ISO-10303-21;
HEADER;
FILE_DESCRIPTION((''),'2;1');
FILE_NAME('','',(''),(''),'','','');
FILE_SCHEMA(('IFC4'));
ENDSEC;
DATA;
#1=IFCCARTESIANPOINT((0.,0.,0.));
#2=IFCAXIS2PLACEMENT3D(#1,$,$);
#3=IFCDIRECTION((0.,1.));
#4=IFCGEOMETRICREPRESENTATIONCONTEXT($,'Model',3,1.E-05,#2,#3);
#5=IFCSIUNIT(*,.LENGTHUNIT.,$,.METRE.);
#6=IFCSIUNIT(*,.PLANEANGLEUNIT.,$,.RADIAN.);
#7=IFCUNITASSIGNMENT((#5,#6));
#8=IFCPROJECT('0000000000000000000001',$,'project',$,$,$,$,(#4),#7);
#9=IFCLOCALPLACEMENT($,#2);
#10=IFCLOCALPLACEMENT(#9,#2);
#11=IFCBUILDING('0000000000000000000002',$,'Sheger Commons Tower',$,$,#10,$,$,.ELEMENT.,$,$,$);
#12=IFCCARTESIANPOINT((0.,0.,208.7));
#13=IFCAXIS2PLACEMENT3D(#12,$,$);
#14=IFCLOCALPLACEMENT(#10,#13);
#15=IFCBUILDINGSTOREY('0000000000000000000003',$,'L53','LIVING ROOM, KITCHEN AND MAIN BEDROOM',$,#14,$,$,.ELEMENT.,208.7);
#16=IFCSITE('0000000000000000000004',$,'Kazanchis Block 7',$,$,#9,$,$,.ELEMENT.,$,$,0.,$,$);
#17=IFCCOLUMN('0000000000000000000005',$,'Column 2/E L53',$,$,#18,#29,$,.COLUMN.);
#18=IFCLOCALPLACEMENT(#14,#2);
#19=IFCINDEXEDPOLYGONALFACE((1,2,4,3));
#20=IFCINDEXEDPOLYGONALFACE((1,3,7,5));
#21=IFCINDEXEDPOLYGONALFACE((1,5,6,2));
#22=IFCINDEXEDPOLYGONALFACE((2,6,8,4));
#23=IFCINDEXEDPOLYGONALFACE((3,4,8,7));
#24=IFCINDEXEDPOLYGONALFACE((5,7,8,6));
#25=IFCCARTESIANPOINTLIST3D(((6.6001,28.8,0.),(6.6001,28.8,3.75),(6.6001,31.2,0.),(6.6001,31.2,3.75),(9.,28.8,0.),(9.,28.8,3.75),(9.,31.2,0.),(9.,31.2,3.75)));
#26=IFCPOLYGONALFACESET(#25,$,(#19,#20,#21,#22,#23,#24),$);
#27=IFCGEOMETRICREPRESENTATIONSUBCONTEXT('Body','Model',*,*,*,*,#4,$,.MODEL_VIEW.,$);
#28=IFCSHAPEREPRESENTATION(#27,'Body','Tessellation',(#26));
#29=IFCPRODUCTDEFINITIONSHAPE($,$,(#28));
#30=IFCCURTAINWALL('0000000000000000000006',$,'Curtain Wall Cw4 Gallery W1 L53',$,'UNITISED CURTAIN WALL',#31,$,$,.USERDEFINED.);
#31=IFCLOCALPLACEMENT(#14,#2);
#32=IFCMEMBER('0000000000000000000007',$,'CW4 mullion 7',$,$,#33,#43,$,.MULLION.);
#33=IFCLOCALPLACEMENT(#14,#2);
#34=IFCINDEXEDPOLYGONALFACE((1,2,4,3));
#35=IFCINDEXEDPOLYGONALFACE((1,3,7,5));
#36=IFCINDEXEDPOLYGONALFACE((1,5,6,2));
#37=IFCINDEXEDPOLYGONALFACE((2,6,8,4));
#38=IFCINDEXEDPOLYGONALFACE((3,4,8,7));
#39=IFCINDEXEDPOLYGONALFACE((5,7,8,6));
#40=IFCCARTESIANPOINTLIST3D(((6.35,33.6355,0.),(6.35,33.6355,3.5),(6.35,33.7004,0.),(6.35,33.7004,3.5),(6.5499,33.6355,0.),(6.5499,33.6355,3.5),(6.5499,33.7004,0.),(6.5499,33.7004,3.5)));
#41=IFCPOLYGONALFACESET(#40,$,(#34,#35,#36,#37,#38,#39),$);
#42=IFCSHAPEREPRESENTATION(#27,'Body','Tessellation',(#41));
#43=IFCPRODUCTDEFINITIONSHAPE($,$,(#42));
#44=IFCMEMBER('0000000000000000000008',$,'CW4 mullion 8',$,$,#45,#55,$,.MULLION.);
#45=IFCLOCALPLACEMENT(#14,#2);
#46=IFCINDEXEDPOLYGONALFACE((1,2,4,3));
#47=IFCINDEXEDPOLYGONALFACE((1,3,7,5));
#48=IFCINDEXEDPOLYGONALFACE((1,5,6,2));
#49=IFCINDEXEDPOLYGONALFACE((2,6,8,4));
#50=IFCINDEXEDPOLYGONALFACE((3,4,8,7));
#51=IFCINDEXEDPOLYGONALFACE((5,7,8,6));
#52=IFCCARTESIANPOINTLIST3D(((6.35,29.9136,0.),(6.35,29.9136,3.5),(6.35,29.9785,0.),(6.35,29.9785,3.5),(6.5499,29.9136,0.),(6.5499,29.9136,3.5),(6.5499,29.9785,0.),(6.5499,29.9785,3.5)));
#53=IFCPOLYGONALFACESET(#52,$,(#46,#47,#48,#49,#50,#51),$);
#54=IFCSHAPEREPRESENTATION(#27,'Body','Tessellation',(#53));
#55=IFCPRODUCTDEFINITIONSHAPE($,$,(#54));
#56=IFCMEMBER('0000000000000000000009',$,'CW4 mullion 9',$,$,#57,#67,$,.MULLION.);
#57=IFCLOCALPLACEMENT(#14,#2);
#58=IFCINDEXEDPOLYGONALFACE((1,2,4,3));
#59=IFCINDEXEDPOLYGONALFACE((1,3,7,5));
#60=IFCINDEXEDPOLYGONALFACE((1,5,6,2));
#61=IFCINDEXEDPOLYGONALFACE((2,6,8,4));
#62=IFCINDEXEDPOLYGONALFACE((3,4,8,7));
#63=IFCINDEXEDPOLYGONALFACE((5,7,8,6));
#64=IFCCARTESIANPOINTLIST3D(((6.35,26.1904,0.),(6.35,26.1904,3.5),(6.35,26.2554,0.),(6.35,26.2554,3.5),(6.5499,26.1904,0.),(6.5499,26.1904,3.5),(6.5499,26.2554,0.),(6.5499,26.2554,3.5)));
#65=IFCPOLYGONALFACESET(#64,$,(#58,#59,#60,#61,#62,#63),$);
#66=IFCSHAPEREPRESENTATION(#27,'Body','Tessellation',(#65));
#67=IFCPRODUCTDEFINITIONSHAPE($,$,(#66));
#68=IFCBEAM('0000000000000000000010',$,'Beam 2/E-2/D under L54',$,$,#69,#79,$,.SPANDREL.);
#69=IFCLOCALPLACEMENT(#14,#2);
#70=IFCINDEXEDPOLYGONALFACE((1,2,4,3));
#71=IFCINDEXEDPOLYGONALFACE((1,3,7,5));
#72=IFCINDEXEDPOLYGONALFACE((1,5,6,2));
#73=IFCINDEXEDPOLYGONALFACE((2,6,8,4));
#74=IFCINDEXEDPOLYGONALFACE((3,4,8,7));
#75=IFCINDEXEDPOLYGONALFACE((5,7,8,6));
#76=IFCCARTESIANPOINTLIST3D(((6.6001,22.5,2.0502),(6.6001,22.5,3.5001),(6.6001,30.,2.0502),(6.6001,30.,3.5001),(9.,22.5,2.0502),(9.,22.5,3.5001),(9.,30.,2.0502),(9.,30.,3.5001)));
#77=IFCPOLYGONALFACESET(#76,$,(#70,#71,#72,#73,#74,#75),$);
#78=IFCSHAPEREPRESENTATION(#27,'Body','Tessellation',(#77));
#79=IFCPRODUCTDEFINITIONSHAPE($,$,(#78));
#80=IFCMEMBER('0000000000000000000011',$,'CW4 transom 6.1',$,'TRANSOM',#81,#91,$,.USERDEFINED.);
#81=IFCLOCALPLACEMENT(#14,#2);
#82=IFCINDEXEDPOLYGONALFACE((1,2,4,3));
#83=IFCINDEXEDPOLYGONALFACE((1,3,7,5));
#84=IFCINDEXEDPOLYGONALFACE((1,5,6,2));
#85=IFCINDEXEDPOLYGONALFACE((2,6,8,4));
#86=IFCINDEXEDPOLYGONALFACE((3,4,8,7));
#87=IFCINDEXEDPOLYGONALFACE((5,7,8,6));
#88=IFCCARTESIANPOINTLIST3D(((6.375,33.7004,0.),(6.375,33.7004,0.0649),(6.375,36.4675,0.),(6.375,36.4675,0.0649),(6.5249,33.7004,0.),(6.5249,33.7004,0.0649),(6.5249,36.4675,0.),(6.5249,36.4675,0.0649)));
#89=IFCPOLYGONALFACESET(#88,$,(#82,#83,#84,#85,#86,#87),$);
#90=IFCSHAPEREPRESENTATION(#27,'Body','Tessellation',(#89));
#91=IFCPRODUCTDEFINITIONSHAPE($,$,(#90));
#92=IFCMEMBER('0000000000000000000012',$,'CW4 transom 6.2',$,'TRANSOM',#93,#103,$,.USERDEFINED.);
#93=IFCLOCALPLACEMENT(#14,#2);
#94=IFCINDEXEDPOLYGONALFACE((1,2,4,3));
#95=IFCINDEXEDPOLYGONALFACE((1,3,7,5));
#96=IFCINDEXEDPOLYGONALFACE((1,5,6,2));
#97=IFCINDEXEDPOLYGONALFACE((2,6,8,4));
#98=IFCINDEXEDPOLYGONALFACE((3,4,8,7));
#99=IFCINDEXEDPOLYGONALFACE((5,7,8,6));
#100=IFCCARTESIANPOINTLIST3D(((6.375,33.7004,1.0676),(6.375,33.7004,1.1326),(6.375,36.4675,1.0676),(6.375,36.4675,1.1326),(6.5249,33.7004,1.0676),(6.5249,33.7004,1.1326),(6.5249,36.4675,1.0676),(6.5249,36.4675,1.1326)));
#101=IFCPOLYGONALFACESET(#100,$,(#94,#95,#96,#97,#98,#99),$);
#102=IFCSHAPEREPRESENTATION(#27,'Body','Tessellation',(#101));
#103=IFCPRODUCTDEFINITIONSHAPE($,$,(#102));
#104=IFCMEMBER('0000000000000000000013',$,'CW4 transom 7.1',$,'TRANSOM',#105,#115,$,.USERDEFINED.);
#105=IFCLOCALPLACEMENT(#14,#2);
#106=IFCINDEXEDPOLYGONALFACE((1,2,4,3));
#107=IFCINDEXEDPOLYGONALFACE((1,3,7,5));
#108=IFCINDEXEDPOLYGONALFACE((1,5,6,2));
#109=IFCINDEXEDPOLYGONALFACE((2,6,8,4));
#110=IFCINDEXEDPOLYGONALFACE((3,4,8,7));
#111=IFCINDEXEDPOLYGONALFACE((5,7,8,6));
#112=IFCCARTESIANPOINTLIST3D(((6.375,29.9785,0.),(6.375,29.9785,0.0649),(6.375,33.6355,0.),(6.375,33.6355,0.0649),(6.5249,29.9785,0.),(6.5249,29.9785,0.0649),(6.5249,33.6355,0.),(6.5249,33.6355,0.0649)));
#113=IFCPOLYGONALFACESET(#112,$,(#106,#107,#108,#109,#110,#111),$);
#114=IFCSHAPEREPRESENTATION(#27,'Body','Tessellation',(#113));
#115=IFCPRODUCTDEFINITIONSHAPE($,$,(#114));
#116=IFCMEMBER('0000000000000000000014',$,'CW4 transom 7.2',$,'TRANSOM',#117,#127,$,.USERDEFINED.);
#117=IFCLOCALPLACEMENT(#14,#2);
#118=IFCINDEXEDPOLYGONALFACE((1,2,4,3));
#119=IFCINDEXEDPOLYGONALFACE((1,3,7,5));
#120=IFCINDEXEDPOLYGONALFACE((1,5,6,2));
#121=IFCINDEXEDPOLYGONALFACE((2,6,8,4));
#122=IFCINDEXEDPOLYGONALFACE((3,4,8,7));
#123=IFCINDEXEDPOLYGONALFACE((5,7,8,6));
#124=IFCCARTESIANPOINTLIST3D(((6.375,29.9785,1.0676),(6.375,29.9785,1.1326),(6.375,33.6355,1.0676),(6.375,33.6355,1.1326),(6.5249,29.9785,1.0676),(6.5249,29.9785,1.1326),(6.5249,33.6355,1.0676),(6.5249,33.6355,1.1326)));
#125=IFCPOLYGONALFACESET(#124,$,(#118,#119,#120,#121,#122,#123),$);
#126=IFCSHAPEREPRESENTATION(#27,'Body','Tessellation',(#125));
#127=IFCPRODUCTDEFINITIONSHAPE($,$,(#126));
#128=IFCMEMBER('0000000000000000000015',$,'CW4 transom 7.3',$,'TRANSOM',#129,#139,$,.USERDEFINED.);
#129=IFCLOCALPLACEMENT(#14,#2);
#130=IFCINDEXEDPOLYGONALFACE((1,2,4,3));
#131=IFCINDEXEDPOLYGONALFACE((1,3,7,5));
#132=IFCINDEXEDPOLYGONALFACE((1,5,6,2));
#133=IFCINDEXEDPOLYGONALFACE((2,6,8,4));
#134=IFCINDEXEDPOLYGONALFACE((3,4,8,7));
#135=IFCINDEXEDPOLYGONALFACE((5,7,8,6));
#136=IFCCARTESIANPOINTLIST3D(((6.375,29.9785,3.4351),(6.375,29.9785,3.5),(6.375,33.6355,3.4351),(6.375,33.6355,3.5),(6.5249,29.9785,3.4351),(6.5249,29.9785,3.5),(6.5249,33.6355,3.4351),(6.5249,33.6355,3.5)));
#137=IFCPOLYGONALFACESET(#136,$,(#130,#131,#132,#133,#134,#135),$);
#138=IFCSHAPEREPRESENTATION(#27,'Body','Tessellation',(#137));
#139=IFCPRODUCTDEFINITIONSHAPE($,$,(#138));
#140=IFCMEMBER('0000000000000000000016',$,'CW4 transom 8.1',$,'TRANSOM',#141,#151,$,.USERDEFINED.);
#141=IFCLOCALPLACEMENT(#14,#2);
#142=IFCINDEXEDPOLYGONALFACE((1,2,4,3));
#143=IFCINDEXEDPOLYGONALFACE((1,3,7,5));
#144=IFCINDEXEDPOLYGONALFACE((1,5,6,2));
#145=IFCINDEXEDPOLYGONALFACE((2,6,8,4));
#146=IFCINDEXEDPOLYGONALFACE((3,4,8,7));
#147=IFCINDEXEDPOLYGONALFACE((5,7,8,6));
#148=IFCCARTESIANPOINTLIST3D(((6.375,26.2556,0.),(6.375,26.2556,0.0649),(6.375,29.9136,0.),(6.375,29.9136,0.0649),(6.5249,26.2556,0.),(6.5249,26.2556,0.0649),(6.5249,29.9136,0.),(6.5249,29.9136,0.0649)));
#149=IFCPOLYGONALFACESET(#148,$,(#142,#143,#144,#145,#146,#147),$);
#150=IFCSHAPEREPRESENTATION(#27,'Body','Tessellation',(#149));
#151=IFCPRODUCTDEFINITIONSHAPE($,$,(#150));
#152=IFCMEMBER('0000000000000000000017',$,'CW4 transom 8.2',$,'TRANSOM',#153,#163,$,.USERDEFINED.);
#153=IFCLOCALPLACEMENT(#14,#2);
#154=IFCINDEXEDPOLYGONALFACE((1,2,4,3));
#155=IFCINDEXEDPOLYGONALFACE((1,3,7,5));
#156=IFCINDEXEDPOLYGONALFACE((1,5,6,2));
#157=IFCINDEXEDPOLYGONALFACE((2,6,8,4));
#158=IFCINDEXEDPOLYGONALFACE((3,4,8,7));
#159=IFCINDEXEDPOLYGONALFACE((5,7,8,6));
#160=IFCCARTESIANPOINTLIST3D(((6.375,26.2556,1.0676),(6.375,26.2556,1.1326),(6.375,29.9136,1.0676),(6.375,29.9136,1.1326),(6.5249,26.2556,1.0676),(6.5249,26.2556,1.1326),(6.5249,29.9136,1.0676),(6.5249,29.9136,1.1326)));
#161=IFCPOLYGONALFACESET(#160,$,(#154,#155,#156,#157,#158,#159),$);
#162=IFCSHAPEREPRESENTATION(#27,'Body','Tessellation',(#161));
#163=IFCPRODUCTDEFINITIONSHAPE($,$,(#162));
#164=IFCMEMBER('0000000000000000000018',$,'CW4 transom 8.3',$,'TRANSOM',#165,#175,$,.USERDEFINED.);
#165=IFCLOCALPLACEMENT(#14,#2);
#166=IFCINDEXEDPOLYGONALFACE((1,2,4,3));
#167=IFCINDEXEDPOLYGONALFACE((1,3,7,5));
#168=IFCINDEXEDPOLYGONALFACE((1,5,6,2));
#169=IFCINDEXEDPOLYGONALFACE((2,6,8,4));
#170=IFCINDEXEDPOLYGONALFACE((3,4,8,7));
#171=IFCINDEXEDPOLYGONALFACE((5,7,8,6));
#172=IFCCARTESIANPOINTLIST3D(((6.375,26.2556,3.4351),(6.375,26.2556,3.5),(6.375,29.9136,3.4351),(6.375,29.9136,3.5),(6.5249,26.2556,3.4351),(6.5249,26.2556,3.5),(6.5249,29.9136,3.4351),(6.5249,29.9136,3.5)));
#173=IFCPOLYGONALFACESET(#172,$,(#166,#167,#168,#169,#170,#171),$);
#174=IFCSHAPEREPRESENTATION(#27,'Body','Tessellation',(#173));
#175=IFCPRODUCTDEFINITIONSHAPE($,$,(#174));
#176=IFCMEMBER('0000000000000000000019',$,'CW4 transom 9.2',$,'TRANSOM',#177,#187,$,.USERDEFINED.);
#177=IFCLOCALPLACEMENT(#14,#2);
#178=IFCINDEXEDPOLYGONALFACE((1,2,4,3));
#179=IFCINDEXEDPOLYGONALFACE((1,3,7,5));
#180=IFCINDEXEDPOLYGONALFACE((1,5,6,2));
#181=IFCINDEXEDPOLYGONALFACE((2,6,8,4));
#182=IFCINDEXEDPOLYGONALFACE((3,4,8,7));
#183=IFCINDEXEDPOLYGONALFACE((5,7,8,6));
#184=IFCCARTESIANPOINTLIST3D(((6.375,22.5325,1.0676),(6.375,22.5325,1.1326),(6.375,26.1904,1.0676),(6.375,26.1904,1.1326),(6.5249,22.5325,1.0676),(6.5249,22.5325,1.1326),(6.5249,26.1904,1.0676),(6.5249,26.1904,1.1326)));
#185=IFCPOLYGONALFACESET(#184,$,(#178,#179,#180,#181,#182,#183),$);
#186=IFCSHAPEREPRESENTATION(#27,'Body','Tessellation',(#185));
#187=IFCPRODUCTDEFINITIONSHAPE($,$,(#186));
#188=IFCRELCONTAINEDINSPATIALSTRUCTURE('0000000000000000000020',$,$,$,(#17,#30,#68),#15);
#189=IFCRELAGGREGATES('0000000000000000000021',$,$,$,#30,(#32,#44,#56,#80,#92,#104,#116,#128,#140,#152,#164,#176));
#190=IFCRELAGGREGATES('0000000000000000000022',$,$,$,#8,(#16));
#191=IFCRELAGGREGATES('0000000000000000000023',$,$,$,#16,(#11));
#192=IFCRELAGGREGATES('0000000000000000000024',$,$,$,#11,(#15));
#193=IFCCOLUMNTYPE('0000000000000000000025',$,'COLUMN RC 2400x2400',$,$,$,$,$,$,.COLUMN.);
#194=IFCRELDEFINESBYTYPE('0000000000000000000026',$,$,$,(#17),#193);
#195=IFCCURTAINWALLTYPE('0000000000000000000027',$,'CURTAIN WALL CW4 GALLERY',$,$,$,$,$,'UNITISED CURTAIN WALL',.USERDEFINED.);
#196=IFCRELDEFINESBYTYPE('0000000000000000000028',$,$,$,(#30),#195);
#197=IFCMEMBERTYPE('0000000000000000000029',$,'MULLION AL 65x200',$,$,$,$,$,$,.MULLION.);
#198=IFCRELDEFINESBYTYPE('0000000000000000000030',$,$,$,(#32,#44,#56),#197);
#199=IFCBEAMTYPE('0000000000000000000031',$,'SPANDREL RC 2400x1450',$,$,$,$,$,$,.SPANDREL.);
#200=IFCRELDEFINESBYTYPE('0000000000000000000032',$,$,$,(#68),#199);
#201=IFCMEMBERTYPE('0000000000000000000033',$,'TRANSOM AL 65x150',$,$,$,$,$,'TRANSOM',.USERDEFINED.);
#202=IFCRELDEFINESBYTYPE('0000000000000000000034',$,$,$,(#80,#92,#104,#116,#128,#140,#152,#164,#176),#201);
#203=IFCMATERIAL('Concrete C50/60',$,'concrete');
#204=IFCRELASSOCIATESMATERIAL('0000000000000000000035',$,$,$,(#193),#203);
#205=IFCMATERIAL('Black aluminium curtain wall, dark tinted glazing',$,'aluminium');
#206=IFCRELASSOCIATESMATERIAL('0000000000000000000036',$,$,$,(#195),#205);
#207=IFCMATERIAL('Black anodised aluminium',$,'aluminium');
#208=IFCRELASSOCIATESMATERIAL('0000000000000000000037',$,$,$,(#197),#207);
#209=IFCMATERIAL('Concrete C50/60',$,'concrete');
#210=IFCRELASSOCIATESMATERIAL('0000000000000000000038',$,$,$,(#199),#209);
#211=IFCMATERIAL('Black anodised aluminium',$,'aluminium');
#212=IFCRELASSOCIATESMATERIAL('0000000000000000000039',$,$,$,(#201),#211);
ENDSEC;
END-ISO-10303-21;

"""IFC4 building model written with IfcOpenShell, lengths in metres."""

from ifc_helpers import new_model, si_unit, direction, frame, origin, origin_2d, place, context, subcontext, project, spatial, rectangle, extrude, material, material_profile, profile_set, type_object, element, aggregate, save


model = new_model("IFC4")

# Units and contexts
model_context = context("Model", 3, precision=1e-05, world=origin(), true_north=direction((0.0, 1.0)))
body_context = subcontext(model_context, "Body", "Model", "MODEL_VIEW")
ifc_project = project(units=[si_unit("LENGTHUNIT", "METRE"), si_unit("PLANEANGLEUNIT", "RADIAN")], contexts=[model_context])

# Site, building, storey
site_placement = place(None, origin())
site = spatial("IfcSite", under=ifc_project, at=site_placement, Name="Kazanchis Block 7", CompositionType="ELEMENT", RefElevation=0.0)
building_placement = place(site_placement, origin())
building = spatial("IfcBuilding", under=site, at=building_placement, Name="Sheger Commons Tower", CompositionType="ELEMENT")
storey_placement = place(building_placement, frame((0.0, 0.0, 208.7)))
storey = spatial("IfcBuildingStorey", under=building, at=storey_placement, Name="L53", Description="LIVING ROOM, KITCHEN AND MAIN BEDROOM", CompositionType="ELEMENT", Elevation=208.7)

# Column
ifc_material_1 = material(Name="Concrete C50/60", Category="concrete")
ifc_material_profile_1 = material_profile(ifc_material_1, rectangle(XDim=2.3999, YDim=2.3999, at=origin_2d()), Name="RC 2400x2400")
ifc_profile_set_1 = profile_set([ifc_material_profile_1], Name="Concrete C50/60")
column_type = type_object("IfcColumnType", Name="COLUMN RC 2400x2400", PredefinedType="COLUMN", material=ifc_profile_set_1)
column_placement = place(storey_placement, frame((7.8, 30.0, 0.0), z_axis=(0.0, 0.0, 1.0), x_axis=(1.0, 0.0, 0.0)))
element("IfcColumn", 1, at=column_placement, inside=storey, type_object=column_type, Name="Column 2/E L53", PredefinedType="COLUMN", context=body_context, shape_type="SweptSolid", body=[
    extrude(rectangle(XDim=2.3999, YDim=2.3999, at=origin_2d()), origin(), (0.0, 0.0, 1.0), 3.75),
])

# Curtain wall, members
ifc_material_2 = material(Name="Black aluminium curtain wall, dark tinted glazing", Category="aluminium")
curtain_wall_type = type_object("IfcCurtainWallType", Name="CURTAIN WALL CW4 GALLERY", ElementType="UNITISED CURTAIN WALL", PredefinedType="USERDEFINED", material=ifc_material_2)
curtain_wall_placement = place(storey_placement, origin())
curtain_wall = element("IfcCurtainWall", 2, at=curtain_wall_placement, inside=storey, type_object=curtain_wall_type, Name="Curtain Wall Cw4 Gallery W1 L53", ObjectType="UNITISED CURTAIN WALL", PredefinedType="USERDEFINED")
ifc_material_3 = material(Name="Black anodised aluminium", Category="aluminium")
ifc_material_profile_2 = material_profile(ifc_material_3, rectangle(XDim=0.2, YDim=0.0649, at=origin_2d()), Name="AL 65x200")
ifc_profile_set_2 = profile_set([ifc_material_profile_2], Name="Black anodised aluminium")
member_type_1 = type_object("IfcMemberType", Name="MULLION AL 65x200", PredefinedType="MULLION", material=ifc_profile_set_2)
member_1_placement = place(storey_placement, frame((6.45, 33.668, 0.0), z_axis=(0.0, 0.0, 1.0), x_axis=(1.0, 0.0, 0.0)))
member_1 = element("IfcMember", 3, at=member_1_placement, type_object=member_type_1, Name="CW4 mullion 7", PredefinedType="MULLION", context=body_context, shape_type="SweptSolid", body=[
    extrude(rectangle(XDim=0.2, YDim=0.0649, at=origin_2d()), origin(), (0.0, 0.0, 1.0), 3.5),
])
member_2_placement = place(storey_placement, frame((6.45, 29.946, 0.0), z_axis=(0.0, 0.0, 1.0), x_axis=(1.0, 0.0, 0.0)))
member_2 = element("IfcMember", 4, at=member_2_placement, type_object=member_type_1, Name="CW4 mullion 8", PredefinedType="MULLION", context=body_context, shape_type="SweptSolid", body=[
    extrude(rectangle(XDim=0.2, YDim=0.0649, at=origin_2d()), origin(), (0.0, 0.0, 1.0), 3.5),
])
member_3_placement = place(storey_placement, frame((6.45, 26.2229, 0.0), z_axis=(0.0, 0.0, 1.0), x_axis=(1.0, 0.0, 0.0)))
member_3 = element("IfcMember", 5, at=member_3_placement, type_object=member_type_1, Name="CW4 mullion 9", PredefinedType="MULLION", context=body_context, shape_type="SweptSolid", body=[
    extrude(rectangle(XDim=0.2, YDim=0.0649, at=origin_2d()), origin(), (0.0, 0.0, 1.0), 3.5),
])

# Beam
ifc_material_4 = material(Name="Concrete C50/60", Category="concrete")
ifc_material_profile_3 = material_profile(ifc_material_4, rectangle(XDim=2.3999, YDim=1.45, at=origin_2d()), Name="RC 2400x1450")
ifc_profile_set_3 = profile_set([ifc_material_profile_3], Name="Concrete C50/60")
beam_type = type_object("IfcBeamType", Name="SPANDREL RC 2400x1450", PredefinedType="SPANDREL", material=ifc_profile_set_3)
beam_placement = place(storey_placement, frame((7.8, 30.0, 2.7751), z_axis=(0.0, -1.0, 0.0), x_axis=(1.0, 0.0, 0.0)))
element("IfcBeam", 6, at=beam_placement, inside=storey, type_object=beam_type, Name="Beam 2/E-2/D under L54", PredefinedType="SPANDREL", context=body_context, shape_type="SweptSolid", body=[
    extrude(rectangle(XDim=2.3999, YDim=1.45, at=origin_2d()), origin(), (0.0, 0.0, 1.0), 7.5),
])

# Members
ifc_material_5 = material(Name="Black anodised aluminium", Category="aluminium")
ifc_material_profile_4 = material_profile(ifc_material_5, rectangle(XDim=0.1499, YDim=0.0649, at=origin_2d()), Name="AL 65x150")
ifc_profile_set_4 = profile_set([ifc_material_profile_4], Name="Black anodised aluminium")
member_type_2 = type_object("IfcMemberType", Name="TRANSOM AL 65x150", ElementType="TRANSOM", PredefinedType="USERDEFINED", material=ifc_profile_set_4)
member_4_placement = place(storey_placement, frame((6.45, 36.4675, 0.0325), z_axis=(0.0, -1.0, 0.0), x_axis=(1.0, 0.0, 0.0)))
member_4 = element("IfcMember", 7, at=member_4_placement, type_object=member_type_2, Name="CW4 transom 6.1", ObjectType="TRANSOM", PredefinedType="USERDEFINED", context=body_context, shape_type="SweptSolid", body=[
    extrude(rectangle(XDim=0.1499, YDim=0.0649, at=origin_2d()), origin(), (0.0, 0.0, 1.0), 2.7671),
])
member_5_placement = place(storey_placement, frame((6.45, 36.4675, 1.1001), z_axis=(0.0, -1.0, 0.0), x_axis=(1.0, 0.0, 0.0)))
member_5 = element("IfcMember", 8, at=member_5_placement, type_object=member_type_2, Name="CW4 transom 6.2", ObjectType="TRANSOM", PredefinedType="USERDEFINED", context=body_context, shape_type="SweptSolid", body=[
    extrude(rectangle(XDim=0.1499, YDim=0.0649, at=origin_2d()), origin(), (0.0, 0.0, 1.0), 2.7671),
])
member_6_placement = place(storey_placement, frame((6.45, 33.6355, 0.0325), z_axis=(0.0, -1.0, 0.0), x_axis=(1.0, 0.0, 0.0)))
member_6 = element("IfcMember", 9, at=member_6_placement, type_object=member_type_2, Name="CW4 transom 7.1", ObjectType="TRANSOM", PredefinedType="USERDEFINED", context=body_context, shape_type="SweptSolid", body=[
    extrude(rectangle(XDim=0.1499, YDim=0.0649, at=origin_2d()), origin(), (0.0, 0.0, 1.0), 3.657),
])
member_7_placement = place(storey_placement, frame((6.45, 33.6355, 1.1001), z_axis=(0.0, -1.0, 0.0), x_axis=(1.0, 0.0, 0.0)))
member_7 = element("IfcMember", 10, at=member_7_placement, type_object=member_type_2, Name="CW4 transom 7.2", ObjectType="TRANSOM", PredefinedType="USERDEFINED", context=body_context, shape_type="SweptSolid", body=[
    extrude(rectangle(XDim=0.1499, YDim=0.0649, at=origin_2d()), origin(), (0.0, 0.0, 1.0), 3.657),
])
member_8_placement = place(storey_placement, frame((6.45, 33.6355, 3.4675), z_axis=(0.0, -1.0, 0.0), x_axis=(1.0, 0.0, 0.0)))
member_8 = element("IfcMember", 11, at=member_8_placement, type_object=member_type_2, Name="CW4 transom 7.3", ObjectType="TRANSOM", PredefinedType="USERDEFINED", context=body_context, shape_type="SweptSolid", body=[
    extrude(rectangle(XDim=0.1499, YDim=0.0649, at=origin_2d()), origin(), (0.0, 0.0, 1.0), 3.657),
])
member_9_placement = place(storey_placement, frame((6.45, 29.9136, 0.0325), z_axis=(0.0, -1.0, 0.0), x_axis=(1.0, 0.0, 0.0)))
member_9 = element("IfcMember", 12, at=member_9_placement, type_object=member_type_2, Name="CW4 transom 8.1", ObjectType="TRANSOM", PredefinedType="USERDEFINED", context=body_context, shape_type="SweptSolid", body=[
    extrude(rectangle(XDim=0.1499, YDim=0.0649, at=origin_2d()), origin(), (0.0, 0.0, 1.0), 3.658),
])
member_10_placement = place(storey_placement, frame((6.45, 29.9136, 1.1001), z_axis=(0.0, -1.0, 0.0), x_axis=(1.0, 0.0, 0.0)))
member_10 = element("IfcMember", 13, at=member_10_placement, type_object=member_type_2, Name="CW4 transom 8.2", ObjectType="TRANSOM", PredefinedType="USERDEFINED", context=body_context, shape_type="SweptSolid", body=[
    extrude(rectangle(XDim=0.1499, YDim=0.0649, at=origin_2d()), origin(), (0.0, 0.0, 1.0), 3.658),
])
member_11_placement = place(storey_placement, frame((6.45, 29.9136, 3.4675), z_axis=(0.0, -1.0, 0.0), x_axis=(1.0, 0.0, 0.0)))
member_11 = element("IfcMember", 14, at=member_11_placement, type_object=member_type_2, Name="CW4 transom 8.3", ObjectType="TRANSOM", PredefinedType="USERDEFINED", context=body_context, shape_type="SweptSolid", body=[
    extrude(rectangle(XDim=0.1499, YDim=0.0649, at=origin_2d()), origin(), (0.0, 0.0, 1.0), 3.658),
])
member_12_placement = place(storey_placement, frame((6.45, 26.1904, 1.1001), z_axis=(0.0, -1.0, 0.0), x_axis=(1.0, 0.0, 0.0)))
member_12 = element("IfcMember", 15, at=member_12_placement, type_object=member_type_2, Name="CW4 transom 9.2", ObjectType="TRANSOM", PredefinedType="USERDEFINED", context=body_context, shape_type="SweptSolid", body=[
    extrude(rectangle(XDim=0.1499, YDim=0.0649, at=origin_2d()), origin(), (0.0, 0.0, 1.0), 3.658),
])

aggregate(curtain_wall, [member_1, member_2, member_3, member_4, member_5, member_6, member_7, member_8, member_9, member_10, member_11, member_12])

save(model, "model.ifc")
